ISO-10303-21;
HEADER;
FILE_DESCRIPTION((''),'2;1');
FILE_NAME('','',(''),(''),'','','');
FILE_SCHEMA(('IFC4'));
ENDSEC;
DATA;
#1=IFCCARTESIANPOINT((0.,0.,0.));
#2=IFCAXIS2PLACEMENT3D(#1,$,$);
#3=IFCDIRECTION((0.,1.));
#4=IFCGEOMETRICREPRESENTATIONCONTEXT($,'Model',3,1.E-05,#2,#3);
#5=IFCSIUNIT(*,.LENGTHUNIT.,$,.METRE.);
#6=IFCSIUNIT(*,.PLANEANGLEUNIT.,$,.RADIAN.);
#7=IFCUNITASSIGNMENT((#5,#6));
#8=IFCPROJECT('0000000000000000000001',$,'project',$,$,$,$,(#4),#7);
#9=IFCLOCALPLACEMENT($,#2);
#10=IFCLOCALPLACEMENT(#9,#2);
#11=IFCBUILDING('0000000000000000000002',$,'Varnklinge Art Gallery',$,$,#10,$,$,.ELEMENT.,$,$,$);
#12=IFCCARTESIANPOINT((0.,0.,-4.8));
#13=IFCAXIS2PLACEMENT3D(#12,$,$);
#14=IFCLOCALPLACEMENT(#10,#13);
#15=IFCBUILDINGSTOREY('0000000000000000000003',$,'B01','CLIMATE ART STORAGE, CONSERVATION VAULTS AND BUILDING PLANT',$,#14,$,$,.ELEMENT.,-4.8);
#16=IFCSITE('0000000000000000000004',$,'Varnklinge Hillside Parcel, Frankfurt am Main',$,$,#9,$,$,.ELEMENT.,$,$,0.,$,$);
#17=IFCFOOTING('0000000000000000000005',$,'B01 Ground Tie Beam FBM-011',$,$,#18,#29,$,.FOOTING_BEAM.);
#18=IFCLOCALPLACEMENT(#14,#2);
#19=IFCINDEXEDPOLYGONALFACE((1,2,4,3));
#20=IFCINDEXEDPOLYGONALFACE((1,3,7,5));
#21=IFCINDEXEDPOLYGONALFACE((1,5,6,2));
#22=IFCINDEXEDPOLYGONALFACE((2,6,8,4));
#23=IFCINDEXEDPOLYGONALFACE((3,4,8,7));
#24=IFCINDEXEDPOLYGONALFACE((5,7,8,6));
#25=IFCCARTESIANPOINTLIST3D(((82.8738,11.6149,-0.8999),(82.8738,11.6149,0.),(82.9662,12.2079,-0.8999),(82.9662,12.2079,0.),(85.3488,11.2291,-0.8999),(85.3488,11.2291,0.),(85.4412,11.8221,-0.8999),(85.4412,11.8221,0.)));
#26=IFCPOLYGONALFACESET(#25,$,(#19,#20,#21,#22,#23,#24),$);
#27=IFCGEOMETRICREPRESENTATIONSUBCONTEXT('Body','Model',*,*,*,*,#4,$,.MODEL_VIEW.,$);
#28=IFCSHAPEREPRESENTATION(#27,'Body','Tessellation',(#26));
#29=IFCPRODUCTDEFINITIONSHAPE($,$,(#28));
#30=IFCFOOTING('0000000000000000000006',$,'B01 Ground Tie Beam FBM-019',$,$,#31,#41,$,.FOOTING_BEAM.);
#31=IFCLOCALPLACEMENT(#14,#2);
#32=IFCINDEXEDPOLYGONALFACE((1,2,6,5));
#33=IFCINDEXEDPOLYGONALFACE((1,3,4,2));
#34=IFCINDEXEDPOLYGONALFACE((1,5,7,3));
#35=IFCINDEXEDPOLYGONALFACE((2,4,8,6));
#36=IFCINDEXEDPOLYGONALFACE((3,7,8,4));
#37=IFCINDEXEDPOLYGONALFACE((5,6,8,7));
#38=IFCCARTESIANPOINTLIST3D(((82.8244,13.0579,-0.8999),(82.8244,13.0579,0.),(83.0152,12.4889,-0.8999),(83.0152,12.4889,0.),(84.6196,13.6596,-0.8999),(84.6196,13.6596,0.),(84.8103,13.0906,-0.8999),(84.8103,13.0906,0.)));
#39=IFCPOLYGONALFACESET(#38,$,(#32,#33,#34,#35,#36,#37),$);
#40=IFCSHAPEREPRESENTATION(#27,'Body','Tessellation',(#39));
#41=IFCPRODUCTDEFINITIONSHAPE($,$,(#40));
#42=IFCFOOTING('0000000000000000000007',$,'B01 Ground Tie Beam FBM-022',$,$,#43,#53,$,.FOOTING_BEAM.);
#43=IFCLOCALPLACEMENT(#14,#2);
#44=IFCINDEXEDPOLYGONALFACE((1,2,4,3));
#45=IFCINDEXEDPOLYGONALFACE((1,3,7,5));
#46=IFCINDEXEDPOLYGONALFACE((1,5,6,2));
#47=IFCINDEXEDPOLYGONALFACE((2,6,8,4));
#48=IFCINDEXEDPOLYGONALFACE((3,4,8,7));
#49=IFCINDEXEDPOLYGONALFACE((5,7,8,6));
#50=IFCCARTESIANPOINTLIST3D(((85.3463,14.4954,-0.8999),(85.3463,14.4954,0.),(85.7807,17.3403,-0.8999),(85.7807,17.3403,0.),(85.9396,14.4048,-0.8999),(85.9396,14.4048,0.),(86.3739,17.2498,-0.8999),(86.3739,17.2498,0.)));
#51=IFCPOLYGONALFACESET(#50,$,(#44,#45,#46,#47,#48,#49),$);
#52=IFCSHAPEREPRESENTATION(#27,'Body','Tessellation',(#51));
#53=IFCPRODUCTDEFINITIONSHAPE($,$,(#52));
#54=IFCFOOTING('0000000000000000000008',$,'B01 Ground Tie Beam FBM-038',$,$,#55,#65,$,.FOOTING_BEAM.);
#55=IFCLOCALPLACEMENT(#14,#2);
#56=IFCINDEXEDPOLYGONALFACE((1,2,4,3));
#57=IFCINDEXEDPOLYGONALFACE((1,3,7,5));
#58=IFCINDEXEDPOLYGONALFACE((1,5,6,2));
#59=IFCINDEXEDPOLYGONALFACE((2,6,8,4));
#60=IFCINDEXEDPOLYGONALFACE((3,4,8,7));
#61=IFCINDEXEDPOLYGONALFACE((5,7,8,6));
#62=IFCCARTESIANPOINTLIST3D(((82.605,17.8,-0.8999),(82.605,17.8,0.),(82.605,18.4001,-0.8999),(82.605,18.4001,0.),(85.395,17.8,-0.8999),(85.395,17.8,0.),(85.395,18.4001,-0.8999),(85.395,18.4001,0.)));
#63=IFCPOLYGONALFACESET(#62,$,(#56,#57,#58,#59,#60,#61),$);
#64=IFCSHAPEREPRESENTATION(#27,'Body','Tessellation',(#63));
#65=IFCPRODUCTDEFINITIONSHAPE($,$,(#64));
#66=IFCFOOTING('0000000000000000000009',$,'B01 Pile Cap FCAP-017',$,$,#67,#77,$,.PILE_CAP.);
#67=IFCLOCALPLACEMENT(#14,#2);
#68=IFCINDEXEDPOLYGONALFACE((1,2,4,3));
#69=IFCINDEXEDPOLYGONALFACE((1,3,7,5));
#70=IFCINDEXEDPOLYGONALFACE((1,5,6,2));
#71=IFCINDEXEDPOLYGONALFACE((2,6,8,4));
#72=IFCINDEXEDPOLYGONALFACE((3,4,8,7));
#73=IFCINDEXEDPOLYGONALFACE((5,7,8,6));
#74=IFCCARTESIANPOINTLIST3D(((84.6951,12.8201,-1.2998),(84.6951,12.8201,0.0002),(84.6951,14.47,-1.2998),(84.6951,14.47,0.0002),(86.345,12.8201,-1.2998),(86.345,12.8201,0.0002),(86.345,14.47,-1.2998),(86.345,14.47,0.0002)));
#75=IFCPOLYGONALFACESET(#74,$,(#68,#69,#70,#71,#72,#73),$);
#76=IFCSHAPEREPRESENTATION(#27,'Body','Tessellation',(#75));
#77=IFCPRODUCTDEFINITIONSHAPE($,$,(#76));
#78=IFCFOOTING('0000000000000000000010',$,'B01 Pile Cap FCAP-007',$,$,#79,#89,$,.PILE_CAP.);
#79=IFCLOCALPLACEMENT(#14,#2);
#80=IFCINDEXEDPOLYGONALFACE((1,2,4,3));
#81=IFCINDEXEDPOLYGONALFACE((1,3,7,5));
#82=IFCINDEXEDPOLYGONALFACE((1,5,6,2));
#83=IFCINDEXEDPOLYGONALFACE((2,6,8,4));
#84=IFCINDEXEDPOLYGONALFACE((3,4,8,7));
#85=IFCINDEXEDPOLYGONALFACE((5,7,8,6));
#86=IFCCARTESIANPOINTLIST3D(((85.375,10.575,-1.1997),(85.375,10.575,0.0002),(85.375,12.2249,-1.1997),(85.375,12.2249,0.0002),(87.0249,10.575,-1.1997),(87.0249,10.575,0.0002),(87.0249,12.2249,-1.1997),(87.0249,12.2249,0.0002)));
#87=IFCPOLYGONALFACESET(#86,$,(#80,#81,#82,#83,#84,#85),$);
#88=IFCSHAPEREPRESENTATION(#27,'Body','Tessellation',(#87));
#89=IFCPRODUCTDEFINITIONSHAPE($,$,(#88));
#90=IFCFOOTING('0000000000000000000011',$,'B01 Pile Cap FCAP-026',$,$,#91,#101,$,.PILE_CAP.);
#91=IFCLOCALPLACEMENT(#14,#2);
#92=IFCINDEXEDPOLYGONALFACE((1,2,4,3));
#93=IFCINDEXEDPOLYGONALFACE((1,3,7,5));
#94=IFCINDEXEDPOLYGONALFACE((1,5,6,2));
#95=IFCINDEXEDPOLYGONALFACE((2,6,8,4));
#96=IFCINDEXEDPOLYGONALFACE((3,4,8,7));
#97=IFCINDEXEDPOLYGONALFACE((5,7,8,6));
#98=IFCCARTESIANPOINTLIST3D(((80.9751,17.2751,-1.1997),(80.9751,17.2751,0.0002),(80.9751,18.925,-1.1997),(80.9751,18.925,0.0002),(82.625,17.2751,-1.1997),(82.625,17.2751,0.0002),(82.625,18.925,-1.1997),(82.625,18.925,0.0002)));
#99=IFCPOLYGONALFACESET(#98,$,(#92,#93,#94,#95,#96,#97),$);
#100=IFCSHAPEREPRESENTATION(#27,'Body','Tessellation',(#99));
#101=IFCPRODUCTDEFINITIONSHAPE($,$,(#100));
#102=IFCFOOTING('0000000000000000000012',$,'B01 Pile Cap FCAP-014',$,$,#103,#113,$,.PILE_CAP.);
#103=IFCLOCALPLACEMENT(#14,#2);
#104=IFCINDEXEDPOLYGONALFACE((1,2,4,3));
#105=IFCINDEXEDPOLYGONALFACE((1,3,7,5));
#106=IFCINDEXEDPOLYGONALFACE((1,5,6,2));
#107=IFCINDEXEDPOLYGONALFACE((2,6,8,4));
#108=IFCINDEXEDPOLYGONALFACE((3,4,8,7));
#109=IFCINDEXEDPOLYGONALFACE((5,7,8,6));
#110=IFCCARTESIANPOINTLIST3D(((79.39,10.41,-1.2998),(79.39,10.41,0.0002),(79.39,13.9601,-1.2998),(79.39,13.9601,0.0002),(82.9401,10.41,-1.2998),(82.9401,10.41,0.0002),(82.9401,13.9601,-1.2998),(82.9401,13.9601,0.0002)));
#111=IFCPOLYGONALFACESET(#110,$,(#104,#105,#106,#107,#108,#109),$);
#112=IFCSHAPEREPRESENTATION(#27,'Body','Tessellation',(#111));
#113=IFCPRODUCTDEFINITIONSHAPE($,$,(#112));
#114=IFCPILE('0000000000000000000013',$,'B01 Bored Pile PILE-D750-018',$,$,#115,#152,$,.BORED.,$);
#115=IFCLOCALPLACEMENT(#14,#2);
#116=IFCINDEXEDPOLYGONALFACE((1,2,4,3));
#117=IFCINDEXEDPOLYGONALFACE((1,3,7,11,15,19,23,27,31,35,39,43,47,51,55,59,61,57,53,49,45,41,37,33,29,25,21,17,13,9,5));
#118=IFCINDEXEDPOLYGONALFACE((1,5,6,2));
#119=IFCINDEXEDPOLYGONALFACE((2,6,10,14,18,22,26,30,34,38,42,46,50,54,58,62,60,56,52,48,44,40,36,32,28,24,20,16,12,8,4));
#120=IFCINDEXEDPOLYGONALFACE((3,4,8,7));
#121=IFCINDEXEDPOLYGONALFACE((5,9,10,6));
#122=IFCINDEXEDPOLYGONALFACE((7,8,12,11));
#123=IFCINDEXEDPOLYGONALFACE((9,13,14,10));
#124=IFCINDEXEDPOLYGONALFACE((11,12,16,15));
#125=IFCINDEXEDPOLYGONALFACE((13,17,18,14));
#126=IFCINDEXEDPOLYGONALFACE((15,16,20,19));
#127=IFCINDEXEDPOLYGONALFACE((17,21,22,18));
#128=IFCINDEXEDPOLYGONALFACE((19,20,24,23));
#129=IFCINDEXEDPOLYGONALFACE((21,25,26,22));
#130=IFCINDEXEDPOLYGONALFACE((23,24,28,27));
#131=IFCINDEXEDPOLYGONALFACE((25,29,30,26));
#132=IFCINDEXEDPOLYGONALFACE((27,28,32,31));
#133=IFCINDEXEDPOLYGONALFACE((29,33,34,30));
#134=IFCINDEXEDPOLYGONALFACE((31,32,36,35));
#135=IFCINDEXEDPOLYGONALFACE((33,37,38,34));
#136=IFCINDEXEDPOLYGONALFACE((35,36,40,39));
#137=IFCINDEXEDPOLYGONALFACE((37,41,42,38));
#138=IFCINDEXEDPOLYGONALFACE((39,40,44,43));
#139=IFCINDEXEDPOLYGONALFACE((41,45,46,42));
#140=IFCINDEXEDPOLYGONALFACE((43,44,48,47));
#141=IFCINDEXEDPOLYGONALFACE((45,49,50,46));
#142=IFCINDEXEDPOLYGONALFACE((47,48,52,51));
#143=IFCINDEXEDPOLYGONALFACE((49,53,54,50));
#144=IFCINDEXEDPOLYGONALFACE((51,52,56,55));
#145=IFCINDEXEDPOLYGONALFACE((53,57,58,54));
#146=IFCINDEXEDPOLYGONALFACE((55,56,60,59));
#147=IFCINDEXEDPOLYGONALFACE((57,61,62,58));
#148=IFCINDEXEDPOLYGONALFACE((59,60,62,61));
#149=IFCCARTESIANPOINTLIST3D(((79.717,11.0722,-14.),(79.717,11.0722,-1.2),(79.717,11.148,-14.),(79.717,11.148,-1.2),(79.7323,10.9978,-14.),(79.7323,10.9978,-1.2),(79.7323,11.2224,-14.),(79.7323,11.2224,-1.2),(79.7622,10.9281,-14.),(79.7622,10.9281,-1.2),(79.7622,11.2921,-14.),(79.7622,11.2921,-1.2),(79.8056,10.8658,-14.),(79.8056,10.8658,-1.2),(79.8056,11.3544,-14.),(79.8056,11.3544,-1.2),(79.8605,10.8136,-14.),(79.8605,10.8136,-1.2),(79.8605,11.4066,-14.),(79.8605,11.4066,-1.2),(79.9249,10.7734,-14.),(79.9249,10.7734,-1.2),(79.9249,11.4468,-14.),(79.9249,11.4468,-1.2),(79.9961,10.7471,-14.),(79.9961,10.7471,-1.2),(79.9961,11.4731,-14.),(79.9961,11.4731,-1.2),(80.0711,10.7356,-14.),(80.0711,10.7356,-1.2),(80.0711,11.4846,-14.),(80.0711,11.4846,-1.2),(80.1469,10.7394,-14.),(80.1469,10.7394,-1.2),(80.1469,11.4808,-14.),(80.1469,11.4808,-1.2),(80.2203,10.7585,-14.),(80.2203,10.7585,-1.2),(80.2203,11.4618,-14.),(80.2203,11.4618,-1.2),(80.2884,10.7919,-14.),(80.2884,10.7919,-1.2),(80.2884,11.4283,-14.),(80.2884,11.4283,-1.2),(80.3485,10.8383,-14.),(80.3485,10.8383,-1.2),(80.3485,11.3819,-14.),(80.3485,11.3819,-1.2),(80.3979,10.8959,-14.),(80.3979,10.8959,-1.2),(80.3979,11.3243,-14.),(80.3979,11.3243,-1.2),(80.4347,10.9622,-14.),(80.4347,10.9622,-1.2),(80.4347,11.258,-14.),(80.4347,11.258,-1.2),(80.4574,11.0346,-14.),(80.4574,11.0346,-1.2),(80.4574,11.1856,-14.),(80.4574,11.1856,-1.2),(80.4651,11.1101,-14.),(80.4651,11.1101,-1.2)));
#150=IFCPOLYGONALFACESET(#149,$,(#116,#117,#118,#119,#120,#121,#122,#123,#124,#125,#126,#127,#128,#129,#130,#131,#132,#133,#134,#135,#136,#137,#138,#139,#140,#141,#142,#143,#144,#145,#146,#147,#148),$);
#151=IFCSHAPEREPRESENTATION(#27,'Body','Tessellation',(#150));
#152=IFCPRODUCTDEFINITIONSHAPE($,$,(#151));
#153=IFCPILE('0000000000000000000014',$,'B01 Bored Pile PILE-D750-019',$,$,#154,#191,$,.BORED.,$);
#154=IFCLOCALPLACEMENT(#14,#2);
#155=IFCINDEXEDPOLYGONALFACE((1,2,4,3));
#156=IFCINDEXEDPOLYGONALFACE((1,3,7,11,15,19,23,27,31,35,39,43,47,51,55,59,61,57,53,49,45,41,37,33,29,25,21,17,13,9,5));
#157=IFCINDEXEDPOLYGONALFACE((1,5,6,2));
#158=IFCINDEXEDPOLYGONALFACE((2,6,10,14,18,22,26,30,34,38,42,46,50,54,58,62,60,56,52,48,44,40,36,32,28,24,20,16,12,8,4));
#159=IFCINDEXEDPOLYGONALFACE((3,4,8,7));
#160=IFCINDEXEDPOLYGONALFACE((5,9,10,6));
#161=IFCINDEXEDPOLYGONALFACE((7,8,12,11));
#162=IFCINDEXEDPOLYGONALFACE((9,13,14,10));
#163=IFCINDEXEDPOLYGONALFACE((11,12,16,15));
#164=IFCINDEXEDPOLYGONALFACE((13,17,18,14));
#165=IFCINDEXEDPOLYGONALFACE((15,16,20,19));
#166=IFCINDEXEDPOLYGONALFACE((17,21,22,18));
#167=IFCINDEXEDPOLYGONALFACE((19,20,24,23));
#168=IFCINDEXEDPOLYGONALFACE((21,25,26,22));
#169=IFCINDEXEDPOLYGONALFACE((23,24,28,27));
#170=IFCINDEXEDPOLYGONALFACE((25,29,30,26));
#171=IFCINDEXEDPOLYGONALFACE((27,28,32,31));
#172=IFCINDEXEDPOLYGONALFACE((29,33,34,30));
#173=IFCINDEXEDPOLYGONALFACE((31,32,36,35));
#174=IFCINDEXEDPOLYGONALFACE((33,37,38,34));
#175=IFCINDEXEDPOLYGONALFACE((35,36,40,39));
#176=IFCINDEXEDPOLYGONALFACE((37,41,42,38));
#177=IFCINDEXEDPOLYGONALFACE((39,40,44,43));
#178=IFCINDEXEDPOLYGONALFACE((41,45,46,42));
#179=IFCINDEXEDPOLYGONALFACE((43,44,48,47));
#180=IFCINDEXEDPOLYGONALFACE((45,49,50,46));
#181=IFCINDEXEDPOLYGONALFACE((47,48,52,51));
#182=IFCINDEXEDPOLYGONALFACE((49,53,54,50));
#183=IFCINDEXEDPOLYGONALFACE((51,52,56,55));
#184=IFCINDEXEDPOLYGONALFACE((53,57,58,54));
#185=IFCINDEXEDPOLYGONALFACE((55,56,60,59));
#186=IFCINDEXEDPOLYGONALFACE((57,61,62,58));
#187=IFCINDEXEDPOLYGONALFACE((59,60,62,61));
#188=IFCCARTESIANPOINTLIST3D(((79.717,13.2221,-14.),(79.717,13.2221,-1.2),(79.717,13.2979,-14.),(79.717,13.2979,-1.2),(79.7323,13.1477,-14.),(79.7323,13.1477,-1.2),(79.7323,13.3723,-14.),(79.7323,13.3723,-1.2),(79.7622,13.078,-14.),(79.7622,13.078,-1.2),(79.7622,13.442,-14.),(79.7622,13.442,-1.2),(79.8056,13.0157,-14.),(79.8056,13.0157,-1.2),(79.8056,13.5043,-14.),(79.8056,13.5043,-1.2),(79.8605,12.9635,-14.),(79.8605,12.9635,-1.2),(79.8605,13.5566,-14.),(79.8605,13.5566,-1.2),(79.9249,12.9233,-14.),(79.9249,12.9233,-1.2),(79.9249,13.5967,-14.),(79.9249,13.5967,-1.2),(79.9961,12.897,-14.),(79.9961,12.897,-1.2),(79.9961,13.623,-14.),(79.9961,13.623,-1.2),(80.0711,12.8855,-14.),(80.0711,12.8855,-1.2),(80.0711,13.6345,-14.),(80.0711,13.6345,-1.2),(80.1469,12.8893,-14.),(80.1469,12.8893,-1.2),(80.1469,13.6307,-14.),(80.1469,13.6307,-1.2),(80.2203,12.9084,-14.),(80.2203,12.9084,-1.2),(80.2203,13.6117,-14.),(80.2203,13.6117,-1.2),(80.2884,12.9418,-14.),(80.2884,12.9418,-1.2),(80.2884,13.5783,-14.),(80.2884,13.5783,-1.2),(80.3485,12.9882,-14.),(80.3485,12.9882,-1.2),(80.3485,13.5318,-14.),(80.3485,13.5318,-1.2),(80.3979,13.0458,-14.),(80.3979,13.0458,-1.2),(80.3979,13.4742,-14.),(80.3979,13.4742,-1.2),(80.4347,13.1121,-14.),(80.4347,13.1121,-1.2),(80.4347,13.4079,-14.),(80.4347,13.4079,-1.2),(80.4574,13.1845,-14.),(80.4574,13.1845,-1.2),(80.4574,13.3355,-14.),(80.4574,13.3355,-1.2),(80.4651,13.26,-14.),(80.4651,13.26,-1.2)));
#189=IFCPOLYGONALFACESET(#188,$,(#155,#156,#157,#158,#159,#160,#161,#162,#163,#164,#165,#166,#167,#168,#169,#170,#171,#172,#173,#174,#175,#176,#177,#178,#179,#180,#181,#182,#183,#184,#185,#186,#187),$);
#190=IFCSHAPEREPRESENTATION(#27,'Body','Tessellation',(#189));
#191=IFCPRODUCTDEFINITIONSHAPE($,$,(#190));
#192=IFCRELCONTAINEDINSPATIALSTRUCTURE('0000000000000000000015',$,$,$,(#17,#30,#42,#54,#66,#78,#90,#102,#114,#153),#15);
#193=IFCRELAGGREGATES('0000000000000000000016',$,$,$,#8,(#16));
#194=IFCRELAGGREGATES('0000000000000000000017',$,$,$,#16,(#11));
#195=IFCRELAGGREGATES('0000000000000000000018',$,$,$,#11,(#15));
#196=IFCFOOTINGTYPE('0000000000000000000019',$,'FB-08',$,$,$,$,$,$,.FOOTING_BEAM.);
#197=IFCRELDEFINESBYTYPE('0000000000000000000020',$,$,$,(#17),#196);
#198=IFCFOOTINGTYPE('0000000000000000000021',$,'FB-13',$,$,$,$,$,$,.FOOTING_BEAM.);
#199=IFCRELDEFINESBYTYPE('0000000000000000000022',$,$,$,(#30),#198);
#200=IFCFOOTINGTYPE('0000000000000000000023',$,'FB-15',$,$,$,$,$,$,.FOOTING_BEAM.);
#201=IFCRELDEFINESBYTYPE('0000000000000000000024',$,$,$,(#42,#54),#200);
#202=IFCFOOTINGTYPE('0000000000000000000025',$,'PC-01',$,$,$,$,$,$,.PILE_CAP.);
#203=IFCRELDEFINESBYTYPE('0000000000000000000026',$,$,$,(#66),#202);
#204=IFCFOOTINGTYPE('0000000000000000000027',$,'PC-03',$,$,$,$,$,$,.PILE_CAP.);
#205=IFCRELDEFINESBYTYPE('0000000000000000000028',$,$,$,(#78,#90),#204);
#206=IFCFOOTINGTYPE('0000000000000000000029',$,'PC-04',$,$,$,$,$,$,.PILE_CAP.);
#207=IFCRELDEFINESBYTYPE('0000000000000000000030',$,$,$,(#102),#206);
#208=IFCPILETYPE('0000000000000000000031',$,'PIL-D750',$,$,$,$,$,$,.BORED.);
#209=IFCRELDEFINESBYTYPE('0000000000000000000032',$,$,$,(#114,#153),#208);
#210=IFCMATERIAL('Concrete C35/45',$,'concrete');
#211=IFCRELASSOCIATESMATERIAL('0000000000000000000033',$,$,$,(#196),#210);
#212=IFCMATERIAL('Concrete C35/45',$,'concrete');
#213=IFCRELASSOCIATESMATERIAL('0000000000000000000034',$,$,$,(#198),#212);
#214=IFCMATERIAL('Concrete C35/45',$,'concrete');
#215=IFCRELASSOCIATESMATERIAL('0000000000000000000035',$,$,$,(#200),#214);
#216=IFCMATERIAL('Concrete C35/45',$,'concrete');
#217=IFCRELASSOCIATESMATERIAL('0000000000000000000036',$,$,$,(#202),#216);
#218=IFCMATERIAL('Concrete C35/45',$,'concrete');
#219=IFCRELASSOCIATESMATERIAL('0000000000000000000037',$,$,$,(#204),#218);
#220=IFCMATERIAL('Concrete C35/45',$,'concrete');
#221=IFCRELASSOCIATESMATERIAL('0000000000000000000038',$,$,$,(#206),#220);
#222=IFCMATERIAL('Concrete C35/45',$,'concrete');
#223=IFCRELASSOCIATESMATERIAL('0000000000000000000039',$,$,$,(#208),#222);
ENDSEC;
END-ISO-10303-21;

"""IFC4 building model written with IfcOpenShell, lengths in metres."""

from ifc_helpers import new_model, si_unit, direction, frame, origin, origin_2d, place, context, subcontext, project, spatial, rectangle, circle, extrude, material, material_profile, profile_set, type_object, element, save


model = new_model("IFC4")

# Units and contexts
model_context = context("Model", 3, precision=1e-05, world=origin(), true_north=direction((0.0, 1.0)))
body_context = subcontext(model_context, "Body", "Model", "MODEL_VIEW")
ifc_project = project(units=[si_unit("LENGTHUNIT", "METRE"), si_unit("PLANEANGLEUNIT", "RADIAN")], contexts=[model_context])

# Site, building, storey
site_placement = place(None, origin())
site = spatial("IfcSite", under=ifc_project, at=site_placement, Name="Varnklinge Hillside Parcel, Frankfurt am Main", CompositionType="ELEMENT", RefElevation=0.0)
building_placement = place(site_placement, origin())
building = spatial("IfcBuilding", under=site, at=building_placement, Name="Varnklinge Art Gallery", CompositionType="ELEMENT")
storey_placement = place(building_placement, frame((0.0, 0.0, -4.8)))
storey = spatial("IfcBuildingStorey", under=building, at=storey_placement, Name="B01", Description="CLIMATE ART STORAGE, CONSERVATION VAULTS AND BUILDING PLANT", CompositionType="ELEMENT", Elevation=-4.8)

# Footings
ifc_material_1 = material(Name="Concrete C35/45", Category="concrete")
footing_type_1 = type_object("IfcFootingType", Name="FB-08", PredefinedType="FOOTING_BEAM", material=ifc_material_1)
footing_1_placement = place(storey_placement, frame((84.1575, 11.7185, -0.8999), z_axis=(0.0, 0.0, 1.0), x_axis=(-0.988068, 0.154021, 0.0)))
element("IfcFooting", 1, at=footing_1_placement, inside=storey, type_object=footing_type_1, Name="B01 Ground Tie Beam FBM-011", PredefinedType="FOOTING_BEAM", context=body_context, shape_type="SweptSolid", body=[
    extrude(rectangle(XDim=2.5049, YDim=0.6001, at=origin_2d()), origin(), (0.0, 0.0, 1.0), 0.8999),
])
ifc_material_2 = material(Name="Concrete C35/45", Category="concrete")
footing_type_2 = type_object("IfcFootingType", Name="FB-13", PredefinedType="FOOTING_BEAM", material=ifc_material_2)
footing_2_placement = place(storey_placement, frame((83.8174, 13.0742, -0.8999), z_axis=(0.0, 0.0, 1.0), x_axis=(0.948157, 0.317801, 0.0)))
element("IfcFooting", 2, at=footing_2_placement, inside=storey, type_object=footing_type_2, Name="B01 Ground Tie Beam FBM-019", PredefinedType="FOOTING_BEAM", context=body_context, shape_type="SweptSolid", body=[
    extrude(rectangle(XDim=1.8933, YDim=0.6001, at=origin_2d()), origin(), (0.0, 0.0, 1.0), 0.8999),
])
ifc_material_3 = material(Name="Concrete C35/45", Category="concrete")
footing_type_3 = type_object("IfcFootingType", Name="FB-15", PredefinedType="FOOTING_BEAM", material=ifc_material_3)
footing_3_placement = place(storey_placement, frame((85.8601, 15.8726, -0.8999), z_axis=(0.0, 0.0, 1.0), x_axis=(0.150916, 0.988547, 0.0)))
element("IfcFooting", 3, at=footing_3_placement, inside=storey, type_object=footing_type_3, Name="B01 Ground Tie Beam FBM-022", PredefinedType="FOOTING_BEAM", context=body_context, shape_type="SweptSolid", body=[
    extrude(rectangle(XDim=2.8779, YDim=0.6001, at=origin_2d()), origin(), (0.0, 0.0, 1.0), 0.8999),
])
footing_4_placement = place(storey_placement, frame((84.0, 18.1001, -0.8999), z_axis=(0.0, 0.0, 1.0), x_axis=(1.0, 0.0, 0.0)))
element("IfcFooting", 4, at=footing_4_placement, inside=storey, type_object=footing_type_3, Name="B01 Ground Tie Beam FBM-038", PredefinedType="FOOTING_BEAM", context=body_context, shape_type="SweptSolid", body=[
    extrude(rectangle(XDim=2.79, YDim=0.6001, at=origin_2d()), origin(), (0.0, 0.0, 1.0), 0.8999),
])
ifc_material_4 = material(Name="Concrete C35/45", Category="concrete")
footing_type_4 = type_object("IfcFootingType", Name="PC-01", PredefinedType="PILE_CAP", material=ifc_material_4)
footing_5_placement = place(storey_placement, frame((85.52, 13.645, -1.2998), z_axis=(0.0, 0.0, 1.0), x_axis=(1.0, 0.0, 0.0)))
element("IfcFooting", 5, at=footing_5_placement, inside=storey, type_object=footing_type_4, Name="B01 Pile Cap FCAP-017", PredefinedType="PILE_CAP", context=body_context, shape_type="SweptSolid", body=[
    extrude(rectangle(XDim=1.6499, YDim=1.6499, at=origin_2d()), origin(), (0.0, 0.0, 1.0), 1.3),
])
ifc_material_5 = material(Name="Concrete C35/45", Category="concrete")
footing_type_5 = type_object("IfcFootingType", Name="PC-03", PredefinedType="PILE_CAP", material=ifc_material_5)
for number, where, z_axis, x_axis, name in (
    (6, (86.2, 11.3999, -1.1997), (0.0, 0.0, 1.0), (1.0, 0.0, 0.0), "B01 Pile Cap FCAP-007"),
    (7, (81.8, 18.1001, -1.1997), (0.0, 0.0, 1.0), (1.0, 0.0, 0.0), "B01 Pile Cap FCAP-026"),
):
    element("IfcFooting", number, at=place(storey_placement, frame(where, z_axis=z_axis, x_axis=x_axis)), inside=storey, type_object=footing_type_5, Name=name, PredefinedType="PILE_CAP", context=body_context, shape_type="SweptSolid", body=[
        extrude(rectangle(XDim=1.6499, YDim=1.6499, at=origin_2d()), origin(), (0.0, 0.0, 1.0), 1.2),
    ])
ifc_material_6 = material(Name="Concrete C35/45", Category="concrete")
footing_type_6 = type_object("IfcFootingType", Name="PC-04", PredefinedType="PILE_CAP", material=ifc_material_6)
footing_6_placement = place(storey_placement, frame((81.165, 12.1851, -1.2998), z_axis=(0.0, 0.0, 1.0), x_axis=(1.0, 0.0, 0.0)))
element("IfcFooting", 8, at=footing_6_placement, inside=storey, type_object=footing_type_6, Name="B01 Pile Cap FCAP-014", PredefinedType="PILE_CAP", context=body_context, shape_type="SweptSolid", body=[
    extrude(rectangle(XDim=3.55, YDim=3.55, at=origin_2d()), origin(), (0.0, 0.0, 1.0), 1.3),
])

# Piles
ifc_material_7 = material(Name="Concrete C35/45", Category="concrete")
ifc_material_profile_1 = material_profile(ifc_material_7, circle(Radius=0.375, at=origin_2d()), Name="PILE D750")
ifc_profile_set_1 = profile_set([ifc_material_profile_1], Name="Concrete C35/45")
pile_type = type_object("IfcPileType", Name="PIL-D750", PredefinedType="BORED", material=ifc_profile_set_1)
for number, where, z_axis, x_axis, name in (
    (9, (80.0901, 11.1101, -1.2), (0.0, 0.0, -1.0), (1.0, 0.0, 0.0), "B01 Bored Pile PILE-D750-018"),
    (10, (80.0901, 13.26, -1.2), (0.0, 0.0, -1.0), (1.0, 0.0, 0.0), "B01 Bored Pile PILE-D750-019"),
):
    element("IfcPile", number, at=place(storey_placement, frame(where, z_axis=z_axis, x_axis=x_axis)), inside=storey, type_object=pile_type, Name=name, PredefinedType="BORED", context=body_context, shape_type="SweptSolid", body=[
        extrude(circle(Radius=0.375, at=origin_2d()), origin(), (0.0, 0.0, 1.0), 12.8),
    ])

save(model, "model.ifc")
